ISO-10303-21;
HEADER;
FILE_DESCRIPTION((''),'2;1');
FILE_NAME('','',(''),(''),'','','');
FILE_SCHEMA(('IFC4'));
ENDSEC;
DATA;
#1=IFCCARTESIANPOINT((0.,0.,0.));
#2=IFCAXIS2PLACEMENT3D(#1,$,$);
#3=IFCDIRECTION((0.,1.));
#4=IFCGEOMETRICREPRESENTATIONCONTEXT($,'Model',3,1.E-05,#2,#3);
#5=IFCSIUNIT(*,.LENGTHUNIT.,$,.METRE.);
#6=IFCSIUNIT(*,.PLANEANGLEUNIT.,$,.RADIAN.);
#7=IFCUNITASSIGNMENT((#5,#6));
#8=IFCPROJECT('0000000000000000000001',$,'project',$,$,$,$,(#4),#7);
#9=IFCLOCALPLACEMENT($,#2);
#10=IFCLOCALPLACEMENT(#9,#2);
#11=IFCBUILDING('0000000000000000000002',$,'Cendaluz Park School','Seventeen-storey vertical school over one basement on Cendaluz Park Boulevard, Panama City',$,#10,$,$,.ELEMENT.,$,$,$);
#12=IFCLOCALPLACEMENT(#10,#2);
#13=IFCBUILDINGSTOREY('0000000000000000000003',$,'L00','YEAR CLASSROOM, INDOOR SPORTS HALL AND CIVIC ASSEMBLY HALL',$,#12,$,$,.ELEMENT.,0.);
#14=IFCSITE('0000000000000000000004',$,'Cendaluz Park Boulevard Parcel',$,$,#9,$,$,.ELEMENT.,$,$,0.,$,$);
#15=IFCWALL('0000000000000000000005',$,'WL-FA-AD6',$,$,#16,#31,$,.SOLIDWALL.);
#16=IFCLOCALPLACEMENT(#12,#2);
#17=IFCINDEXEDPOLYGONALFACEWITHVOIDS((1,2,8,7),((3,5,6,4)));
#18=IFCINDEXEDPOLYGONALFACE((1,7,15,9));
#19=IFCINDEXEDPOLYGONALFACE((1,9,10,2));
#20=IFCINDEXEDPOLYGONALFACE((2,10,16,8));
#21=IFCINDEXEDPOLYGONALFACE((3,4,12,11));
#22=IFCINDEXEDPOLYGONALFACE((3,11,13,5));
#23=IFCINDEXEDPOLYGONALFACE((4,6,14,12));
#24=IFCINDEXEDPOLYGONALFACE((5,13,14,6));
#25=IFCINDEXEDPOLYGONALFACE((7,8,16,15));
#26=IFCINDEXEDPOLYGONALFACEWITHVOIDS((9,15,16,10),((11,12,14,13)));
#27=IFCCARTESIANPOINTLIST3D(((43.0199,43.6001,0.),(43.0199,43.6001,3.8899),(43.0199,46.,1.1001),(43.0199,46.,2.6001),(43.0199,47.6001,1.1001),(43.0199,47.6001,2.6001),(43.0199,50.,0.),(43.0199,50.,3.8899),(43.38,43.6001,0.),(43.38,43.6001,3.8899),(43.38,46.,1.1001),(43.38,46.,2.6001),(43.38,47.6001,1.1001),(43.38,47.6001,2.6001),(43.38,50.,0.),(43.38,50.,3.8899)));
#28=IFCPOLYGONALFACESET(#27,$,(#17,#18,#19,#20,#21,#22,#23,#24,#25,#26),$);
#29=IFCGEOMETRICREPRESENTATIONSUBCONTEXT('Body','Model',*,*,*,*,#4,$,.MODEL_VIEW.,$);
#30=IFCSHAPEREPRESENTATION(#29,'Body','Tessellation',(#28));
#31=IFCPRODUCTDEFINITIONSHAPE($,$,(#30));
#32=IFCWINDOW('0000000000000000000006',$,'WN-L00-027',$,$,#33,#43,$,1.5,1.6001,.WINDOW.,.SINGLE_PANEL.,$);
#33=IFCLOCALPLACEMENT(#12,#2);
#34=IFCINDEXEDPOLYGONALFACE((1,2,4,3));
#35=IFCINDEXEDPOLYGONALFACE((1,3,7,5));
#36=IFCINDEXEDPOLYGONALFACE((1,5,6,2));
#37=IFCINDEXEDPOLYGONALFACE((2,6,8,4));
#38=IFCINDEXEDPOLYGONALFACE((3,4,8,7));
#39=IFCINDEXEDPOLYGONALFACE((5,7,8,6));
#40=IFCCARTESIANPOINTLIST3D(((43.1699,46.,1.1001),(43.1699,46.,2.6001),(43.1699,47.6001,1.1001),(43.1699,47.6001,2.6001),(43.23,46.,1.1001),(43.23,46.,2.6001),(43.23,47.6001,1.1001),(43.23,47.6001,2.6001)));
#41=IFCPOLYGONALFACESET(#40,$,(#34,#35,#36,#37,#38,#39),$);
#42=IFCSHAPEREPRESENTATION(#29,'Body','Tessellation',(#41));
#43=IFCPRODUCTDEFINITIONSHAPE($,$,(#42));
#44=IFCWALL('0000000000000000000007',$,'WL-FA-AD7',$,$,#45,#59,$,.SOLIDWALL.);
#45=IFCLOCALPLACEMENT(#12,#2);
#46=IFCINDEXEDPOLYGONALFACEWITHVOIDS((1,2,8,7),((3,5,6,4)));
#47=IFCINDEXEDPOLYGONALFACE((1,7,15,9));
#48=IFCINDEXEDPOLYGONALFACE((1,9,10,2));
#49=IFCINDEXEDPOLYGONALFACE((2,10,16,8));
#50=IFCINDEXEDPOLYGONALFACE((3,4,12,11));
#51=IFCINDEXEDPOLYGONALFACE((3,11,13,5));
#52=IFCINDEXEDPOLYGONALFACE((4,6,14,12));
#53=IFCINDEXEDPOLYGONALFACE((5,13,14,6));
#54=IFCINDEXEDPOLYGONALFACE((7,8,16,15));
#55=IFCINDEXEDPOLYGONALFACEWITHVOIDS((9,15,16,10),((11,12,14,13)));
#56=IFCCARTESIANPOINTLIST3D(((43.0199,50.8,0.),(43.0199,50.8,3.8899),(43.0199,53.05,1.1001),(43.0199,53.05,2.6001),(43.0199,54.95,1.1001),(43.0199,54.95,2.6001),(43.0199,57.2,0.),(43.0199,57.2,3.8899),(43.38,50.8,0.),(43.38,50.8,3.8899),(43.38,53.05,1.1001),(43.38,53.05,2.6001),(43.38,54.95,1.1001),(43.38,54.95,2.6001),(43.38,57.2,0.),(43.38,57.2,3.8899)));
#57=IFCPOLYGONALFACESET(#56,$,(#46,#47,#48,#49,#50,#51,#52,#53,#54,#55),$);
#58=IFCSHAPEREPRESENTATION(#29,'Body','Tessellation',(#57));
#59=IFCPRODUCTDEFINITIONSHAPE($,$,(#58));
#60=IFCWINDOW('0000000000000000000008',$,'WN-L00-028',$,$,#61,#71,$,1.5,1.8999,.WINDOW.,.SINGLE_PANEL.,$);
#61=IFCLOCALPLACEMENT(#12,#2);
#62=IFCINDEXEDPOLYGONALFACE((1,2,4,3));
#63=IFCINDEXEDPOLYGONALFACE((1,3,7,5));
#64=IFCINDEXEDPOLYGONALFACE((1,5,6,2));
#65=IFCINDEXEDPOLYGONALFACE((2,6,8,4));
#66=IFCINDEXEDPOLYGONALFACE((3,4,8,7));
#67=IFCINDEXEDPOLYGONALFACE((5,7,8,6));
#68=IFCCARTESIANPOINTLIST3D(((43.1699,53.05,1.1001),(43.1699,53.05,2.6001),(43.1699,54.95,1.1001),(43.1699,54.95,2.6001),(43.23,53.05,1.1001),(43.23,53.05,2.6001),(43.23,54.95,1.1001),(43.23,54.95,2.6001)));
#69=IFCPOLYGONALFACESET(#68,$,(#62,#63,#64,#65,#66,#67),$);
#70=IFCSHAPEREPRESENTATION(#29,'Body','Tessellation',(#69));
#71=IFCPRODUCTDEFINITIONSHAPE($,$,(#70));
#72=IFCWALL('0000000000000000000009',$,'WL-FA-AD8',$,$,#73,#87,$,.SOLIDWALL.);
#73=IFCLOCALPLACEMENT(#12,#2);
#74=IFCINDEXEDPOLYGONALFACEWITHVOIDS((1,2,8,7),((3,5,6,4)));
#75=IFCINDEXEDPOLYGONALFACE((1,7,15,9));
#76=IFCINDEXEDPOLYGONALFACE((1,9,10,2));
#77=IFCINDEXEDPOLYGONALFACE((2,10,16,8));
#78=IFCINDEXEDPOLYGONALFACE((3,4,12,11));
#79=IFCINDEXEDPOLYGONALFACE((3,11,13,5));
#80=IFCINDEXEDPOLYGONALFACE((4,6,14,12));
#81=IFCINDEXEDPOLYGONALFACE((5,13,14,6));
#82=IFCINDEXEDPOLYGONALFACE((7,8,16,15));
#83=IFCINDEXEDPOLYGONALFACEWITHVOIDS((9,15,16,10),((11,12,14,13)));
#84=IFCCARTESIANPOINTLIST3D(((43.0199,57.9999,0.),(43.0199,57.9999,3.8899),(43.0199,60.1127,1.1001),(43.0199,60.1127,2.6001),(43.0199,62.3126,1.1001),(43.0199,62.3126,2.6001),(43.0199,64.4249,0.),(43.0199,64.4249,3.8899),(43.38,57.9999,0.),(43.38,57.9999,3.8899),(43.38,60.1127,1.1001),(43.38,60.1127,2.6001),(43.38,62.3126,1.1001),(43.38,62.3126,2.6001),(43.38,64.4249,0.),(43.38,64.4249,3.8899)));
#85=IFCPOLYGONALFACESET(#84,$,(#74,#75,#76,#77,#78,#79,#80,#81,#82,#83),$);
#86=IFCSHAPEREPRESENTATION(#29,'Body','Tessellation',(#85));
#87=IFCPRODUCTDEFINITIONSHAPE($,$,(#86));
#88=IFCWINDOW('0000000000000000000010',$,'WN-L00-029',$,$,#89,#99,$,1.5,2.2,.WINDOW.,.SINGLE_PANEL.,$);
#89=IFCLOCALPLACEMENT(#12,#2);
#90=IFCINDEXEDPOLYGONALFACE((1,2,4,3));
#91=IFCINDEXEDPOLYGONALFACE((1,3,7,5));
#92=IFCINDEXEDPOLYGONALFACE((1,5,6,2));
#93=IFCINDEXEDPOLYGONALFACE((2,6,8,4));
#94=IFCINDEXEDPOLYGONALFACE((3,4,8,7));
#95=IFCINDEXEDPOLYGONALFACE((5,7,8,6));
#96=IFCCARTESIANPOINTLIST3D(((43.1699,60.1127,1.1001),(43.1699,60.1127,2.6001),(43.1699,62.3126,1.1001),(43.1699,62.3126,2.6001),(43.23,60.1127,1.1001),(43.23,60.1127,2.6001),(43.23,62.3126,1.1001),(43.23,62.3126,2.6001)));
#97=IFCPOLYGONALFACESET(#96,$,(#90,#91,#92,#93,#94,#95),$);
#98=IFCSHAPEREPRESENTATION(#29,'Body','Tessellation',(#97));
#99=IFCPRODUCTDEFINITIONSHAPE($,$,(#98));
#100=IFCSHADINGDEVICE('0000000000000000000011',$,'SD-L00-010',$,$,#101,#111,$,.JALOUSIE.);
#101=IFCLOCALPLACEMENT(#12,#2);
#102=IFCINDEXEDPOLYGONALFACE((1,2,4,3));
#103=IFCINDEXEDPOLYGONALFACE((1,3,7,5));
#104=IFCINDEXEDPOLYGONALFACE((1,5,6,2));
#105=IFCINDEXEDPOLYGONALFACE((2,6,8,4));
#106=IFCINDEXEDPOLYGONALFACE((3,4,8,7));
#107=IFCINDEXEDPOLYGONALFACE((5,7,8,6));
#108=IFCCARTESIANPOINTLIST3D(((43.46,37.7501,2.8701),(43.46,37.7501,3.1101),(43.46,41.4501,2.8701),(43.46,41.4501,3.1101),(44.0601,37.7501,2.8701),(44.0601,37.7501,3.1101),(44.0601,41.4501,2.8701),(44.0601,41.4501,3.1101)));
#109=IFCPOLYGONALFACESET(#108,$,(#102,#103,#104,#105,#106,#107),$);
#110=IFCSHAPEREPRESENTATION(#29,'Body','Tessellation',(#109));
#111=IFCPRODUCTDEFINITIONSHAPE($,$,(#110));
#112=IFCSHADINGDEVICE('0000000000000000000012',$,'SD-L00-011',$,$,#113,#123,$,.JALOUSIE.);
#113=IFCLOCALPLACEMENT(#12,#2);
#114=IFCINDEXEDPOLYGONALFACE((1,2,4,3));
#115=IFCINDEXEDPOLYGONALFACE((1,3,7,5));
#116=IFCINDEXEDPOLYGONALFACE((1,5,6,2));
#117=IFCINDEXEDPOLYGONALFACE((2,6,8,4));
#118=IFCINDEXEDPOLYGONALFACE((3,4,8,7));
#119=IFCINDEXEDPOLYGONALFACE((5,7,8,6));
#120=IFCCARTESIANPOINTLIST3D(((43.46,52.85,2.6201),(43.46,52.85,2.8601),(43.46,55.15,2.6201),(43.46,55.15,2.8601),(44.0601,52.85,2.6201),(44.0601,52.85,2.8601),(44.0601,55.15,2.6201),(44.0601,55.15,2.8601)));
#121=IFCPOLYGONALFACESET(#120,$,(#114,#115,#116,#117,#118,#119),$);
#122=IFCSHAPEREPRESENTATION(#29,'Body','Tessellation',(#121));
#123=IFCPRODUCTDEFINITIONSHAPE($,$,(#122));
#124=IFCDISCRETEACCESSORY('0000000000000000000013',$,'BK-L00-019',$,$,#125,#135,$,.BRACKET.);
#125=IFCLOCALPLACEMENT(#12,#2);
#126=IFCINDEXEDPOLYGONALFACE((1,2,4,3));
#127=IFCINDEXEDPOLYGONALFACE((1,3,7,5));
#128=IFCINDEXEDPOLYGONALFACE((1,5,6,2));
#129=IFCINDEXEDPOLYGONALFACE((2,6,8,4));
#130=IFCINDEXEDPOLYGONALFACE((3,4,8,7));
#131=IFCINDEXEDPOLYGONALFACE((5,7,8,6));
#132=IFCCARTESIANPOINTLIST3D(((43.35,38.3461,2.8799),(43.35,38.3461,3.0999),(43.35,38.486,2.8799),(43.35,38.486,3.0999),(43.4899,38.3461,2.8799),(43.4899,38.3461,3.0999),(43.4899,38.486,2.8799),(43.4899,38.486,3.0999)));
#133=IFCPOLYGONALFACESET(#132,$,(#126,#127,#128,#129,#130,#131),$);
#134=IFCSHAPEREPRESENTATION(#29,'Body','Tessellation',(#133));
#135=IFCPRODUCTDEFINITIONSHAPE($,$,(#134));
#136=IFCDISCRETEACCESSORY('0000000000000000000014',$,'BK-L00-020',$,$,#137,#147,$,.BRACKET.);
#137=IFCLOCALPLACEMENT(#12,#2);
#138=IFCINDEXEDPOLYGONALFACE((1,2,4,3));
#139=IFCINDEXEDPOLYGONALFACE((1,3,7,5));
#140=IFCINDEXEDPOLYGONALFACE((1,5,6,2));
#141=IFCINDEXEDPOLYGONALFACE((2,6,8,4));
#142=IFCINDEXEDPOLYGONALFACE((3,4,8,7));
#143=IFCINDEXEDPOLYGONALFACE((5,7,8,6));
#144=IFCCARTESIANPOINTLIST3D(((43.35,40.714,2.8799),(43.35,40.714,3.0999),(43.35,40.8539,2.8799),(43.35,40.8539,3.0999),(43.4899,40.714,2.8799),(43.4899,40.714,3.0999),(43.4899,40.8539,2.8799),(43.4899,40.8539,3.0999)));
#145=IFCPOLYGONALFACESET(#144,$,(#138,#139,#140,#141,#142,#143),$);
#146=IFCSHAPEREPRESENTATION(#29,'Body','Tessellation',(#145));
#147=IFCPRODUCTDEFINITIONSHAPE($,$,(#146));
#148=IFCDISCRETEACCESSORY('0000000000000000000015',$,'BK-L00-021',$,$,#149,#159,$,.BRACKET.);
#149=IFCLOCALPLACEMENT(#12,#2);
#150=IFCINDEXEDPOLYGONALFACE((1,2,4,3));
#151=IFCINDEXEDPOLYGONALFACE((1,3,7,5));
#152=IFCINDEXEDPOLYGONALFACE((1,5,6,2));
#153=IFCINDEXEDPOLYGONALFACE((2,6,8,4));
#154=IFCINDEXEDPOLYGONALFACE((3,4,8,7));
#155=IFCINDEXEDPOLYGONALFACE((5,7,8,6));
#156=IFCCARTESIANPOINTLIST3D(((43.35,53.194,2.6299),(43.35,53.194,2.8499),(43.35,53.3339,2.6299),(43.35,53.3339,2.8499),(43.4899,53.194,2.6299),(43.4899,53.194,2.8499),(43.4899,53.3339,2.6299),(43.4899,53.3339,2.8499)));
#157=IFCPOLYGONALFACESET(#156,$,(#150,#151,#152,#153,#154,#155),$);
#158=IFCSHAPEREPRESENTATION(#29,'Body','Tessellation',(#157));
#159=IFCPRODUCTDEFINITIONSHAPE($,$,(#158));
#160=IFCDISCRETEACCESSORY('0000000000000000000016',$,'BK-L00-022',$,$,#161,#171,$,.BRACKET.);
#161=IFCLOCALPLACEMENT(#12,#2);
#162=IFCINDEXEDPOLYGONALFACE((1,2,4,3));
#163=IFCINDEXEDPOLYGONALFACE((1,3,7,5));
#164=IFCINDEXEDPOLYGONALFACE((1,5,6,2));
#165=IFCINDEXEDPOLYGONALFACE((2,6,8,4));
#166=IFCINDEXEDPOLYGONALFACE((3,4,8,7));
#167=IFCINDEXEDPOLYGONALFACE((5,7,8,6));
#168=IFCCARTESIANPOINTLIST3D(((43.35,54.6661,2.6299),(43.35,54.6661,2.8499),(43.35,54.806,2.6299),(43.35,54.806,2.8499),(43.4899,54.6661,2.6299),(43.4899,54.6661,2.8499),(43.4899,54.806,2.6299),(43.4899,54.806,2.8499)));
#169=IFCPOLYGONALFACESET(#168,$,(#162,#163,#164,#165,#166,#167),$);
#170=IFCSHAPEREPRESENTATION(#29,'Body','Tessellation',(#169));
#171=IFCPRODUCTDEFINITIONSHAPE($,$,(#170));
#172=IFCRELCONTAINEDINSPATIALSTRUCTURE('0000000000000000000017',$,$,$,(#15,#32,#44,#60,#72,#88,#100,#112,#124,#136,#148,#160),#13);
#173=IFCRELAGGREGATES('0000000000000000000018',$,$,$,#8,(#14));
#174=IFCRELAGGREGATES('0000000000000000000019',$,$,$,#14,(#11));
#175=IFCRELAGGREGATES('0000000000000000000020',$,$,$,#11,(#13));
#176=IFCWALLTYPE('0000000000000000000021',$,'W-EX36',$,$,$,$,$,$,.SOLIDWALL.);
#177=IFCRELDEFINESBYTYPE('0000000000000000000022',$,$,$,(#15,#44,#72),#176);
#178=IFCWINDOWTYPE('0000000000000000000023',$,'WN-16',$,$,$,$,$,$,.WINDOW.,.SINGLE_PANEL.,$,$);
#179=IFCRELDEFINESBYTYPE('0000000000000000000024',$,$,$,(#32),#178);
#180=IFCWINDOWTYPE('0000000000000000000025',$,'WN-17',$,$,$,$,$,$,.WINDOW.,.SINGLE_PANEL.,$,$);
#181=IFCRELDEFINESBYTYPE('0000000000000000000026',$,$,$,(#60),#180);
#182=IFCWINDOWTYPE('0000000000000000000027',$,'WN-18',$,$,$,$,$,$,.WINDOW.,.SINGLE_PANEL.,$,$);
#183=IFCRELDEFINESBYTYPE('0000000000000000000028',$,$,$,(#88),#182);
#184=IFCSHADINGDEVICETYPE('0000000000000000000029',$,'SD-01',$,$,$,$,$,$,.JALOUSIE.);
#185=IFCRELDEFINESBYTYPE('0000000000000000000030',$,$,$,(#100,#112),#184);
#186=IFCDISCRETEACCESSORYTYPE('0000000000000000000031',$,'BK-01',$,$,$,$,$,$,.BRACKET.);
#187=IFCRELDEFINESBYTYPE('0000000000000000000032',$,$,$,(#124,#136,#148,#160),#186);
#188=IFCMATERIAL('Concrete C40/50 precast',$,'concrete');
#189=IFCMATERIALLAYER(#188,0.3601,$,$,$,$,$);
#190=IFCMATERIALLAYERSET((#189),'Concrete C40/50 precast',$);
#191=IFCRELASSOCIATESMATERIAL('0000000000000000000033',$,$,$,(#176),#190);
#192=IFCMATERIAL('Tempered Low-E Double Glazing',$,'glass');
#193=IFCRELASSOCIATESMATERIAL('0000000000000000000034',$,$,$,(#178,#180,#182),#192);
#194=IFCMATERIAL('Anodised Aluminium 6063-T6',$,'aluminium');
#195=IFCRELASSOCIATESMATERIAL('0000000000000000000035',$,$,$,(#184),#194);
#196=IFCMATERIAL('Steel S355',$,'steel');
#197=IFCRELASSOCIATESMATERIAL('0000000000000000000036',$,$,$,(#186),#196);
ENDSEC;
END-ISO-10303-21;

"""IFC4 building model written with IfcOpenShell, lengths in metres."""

from ifc_helpers import new_model, si_unit, direction, frame, frame_2d, origin, origin_2d, place, context, subcontext, project, spatial, rectangle, extrude, material, layer, layer_set, type_object, element, fill, save


model = new_model("IFC4")

# Units and contexts
model_context = context("Model", 3, precision=1e-05, world=origin(), true_north=direction((0.0, 1.0)))
body_context = subcontext(model_context, "Body", "Model", "MODEL_VIEW")
ifc_project = project(units=[si_unit("LENGTHUNIT", "METRE"), si_unit("PLANEANGLEUNIT", "RADIAN")], contexts=[model_context])

# Site, building, storey
site_placement = place(None, origin())
site = spatial("IfcSite", under=ifc_project, at=site_placement, Name="Cendaluz Park Boulevard Parcel", CompositionType="ELEMENT", RefElevation=0.0)
building_placement = place(site_placement, origin())
building = spatial("IfcBuilding", under=site, at=building_placement, Name="Cendaluz Park School", Description="Seventeen-storey vertical school over one basement on Cendaluz Park Boulevard, Panama City", CompositionType="ELEMENT")
storey_placement = place(building_placement, origin())
storey = spatial("IfcBuildingStorey", under=building, at=storey_placement, Name="L00", Description="YEAR CLASSROOM, INDOOR SPORTS HALL AND CIVIC ASSEMBLY HALL", CompositionType="ELEMENT", Elevation=0.0)

# Walls, openings, windows
ifc_material_1 = material(Name="Concrete C40/50 precast", Category="concrete")
ifc_layer = layer(ifc_material_1, 0.3601)
ifc_layer_set = layer_set([ifc_layer], Name="Concrete C40/50 precast")
wall_type = type_object("IfcWallType", Name="W-EX36", PredefinedType="SOLIDWALL", material=ifc_layer_set)
ifc_material_2 = material(Name="Tempered Low-E Double Glazing", Category="glass")
wall_1_placement = place(storey_placement, frame((43.2, 43.6001, 0.0), z_axis=(0.0, 0.0, 1.0), x_axis=(0.0, 1.0, 0.0)))
wall_1 = element("IfcWall", 1, at=wall_1_placement, inside=storey, type_object=wall_type, Name="WL-FA-AD6", PredefinedType="SOLIDWALL", context=body_context, shape_type="SweptSolid", body=[
    extrude(rectangle(XDim=6.3999, YDim=0.3601, at=frame_2d((3.2, 0.0))), origin(), (0.0, 0.0, 1.0), 3.8899),
])
opening_1_placement = place(wall_1_placement, frame((2.3999, 0.0, 1.1001)))
opening_1 = element("IfcOpeningElement", 2, at=opening_1_placement, cuts=wall_1, PredefinedType="OPENING", context=body_context, shape_type="SweptSolid", body=[
    extrude(rectangle(XDim=1.6001, YDim=1.5, at=frame_2d((0.8, 0.75))), frame((0.0, 0.1921, 0.0), z_axis=(0.0, -1.0, 0.0), x_axis=(1.0, 0.0, 0.0)), (0.0, 0.0, 1.0), 0.384),
])
window_type_1 = type_object("IfcWindowType", Name="WN-16", PartitioningType="SINGLE_PANEL", PredefinedType="WINDOW", material=ifc_material_2)
window_1_placement = place(opening_1_placement, origin())
window_1 = element("IfcWindow", 3, at=window_1_placement, inside=storey, type_object=window_type_1, Name="WN-L00-027", OverallHeight=1.5, OverallWidth=1.6001, PartitioningType="SINGLE_PANEL", PredefinedType="WINDOW", context=body_context, shape_type="SweptSolid", body=[
    extrude(rectangle(XDim=1.6001, YDim=1.5, at=frame_2d((0.8, 0.75))), frame((0.0, 0.03, 0.0), z_axis=(0.0, -1.0, 0.0), x_axis=(1.0, 0.0, 0.0)), (0.0, 0.0, 1.0), 0.0601),
])
fill(opening_1, window_1)
wall_2_placement = place(storey_placement, frame((43.2, 50.8, 0.0), z_axis=(0.0, 0.0, 1.0), x_axis=(0.0, 1.0, 0.0)))
wall_2 = element("IfcWall", 4, at=wall_2_placement, inside=storey, type_object=wall_type, Name="WL-FA-AD7", PredefinedType="SOLIDWALL", context=body_context, shape_type="SweptSolid", body=[
    extrude(rectangle(XDim=6.3999, YDim=0.3601, at=frame_2d((3.2, 0.0))), origin(), (0.0, 0.0, 1.0), 3.8899),
])
opening_2_placement = place(wall_2_placement, frame((2.25, 0.0, 1.1001)))
opening_2 = element("IfcOpeningElement", 5, at=opening_2_placement, cuts=wall_2, PredefinedType="OPENING", context=body_context, shape_type="SweptSolid", body=[
    extrude(rectangle(XDim=1.8999, YDim=1.5, at=frame_2d((0.95, 0.75))), frame((0.0, 0.1921, 0.0), z_axis=(0.0, -1.0, 0.0), x_axis=(1.0, 0.0, 0.0)), (0.0, 0.0, 1.0), 0.384),
])
window_type_2 = type_object("IfcWindowType", Name="WN-17", PartitioningType="SINGLE_PANEL", PredefinedType="WINDOW", material=ifc_material_2)
window_2_placement = place(opening_2_placement, origin())
window_2 = element("IfcWindow", 6, at=window_2_placement, inside=storey, type_object=window_type_2, Name="WN-L00-028", OverallHeight=1.5, OverallWidth=1.8999, PartitioningType="SINGLE_PANEL", PredefinedType="WINDOW", context=body_context, shape_type="SweptSolid", body=[
    extrude(rectangle(XDim=1.8999, YDim=1.5, at=frame_2d((0.95, 0.75))), frame((0.0, 0.03, 0.0), z_axis=(0.0, -1.0, 0.0), x_axis=(1.0, 0.0, 0.0)), (0.0, 0.0, 1.0), 0.0601),
])
fill(opening_2, window_2)
wall_3_placement = place(storey_placement, frame((43.2, 58.0, 0.0), z_axis=(0.0, 0.0, 1.0), x_axis=(0.0, 1.0, 0.0)))
wall_3 = element("IfcWall", 7, at=wall_3_placement, inside=storey, type_object=wall_type, Name="WL-FA-AD8", PredefinedType="SOLIDWALL", context=body_context, shape_type="SweptSolid", body=[
    extrude(rectangle(XDim=6.425, YDim=0.3601, at=frame_2d((3.2124, 0.0))), origin(), (0.0, 0.0, 1.0), 3.8899),
])
opening_3_placement = place(wall_3_placement, frame((2.1125, 0.0, 1.1001)))
opening_3 = element("IfcOpeningElement", 8, at=opening_3_placement, cuts=wall_3, PredefinedType="OPENING", context=body_context, shape_type="SweptSolid", body=[
    extrude(rectangle(XDim=2.2, YDim=1.5, at=frame_2d((1.1001, 0.75))), frame((0.0, 0.1921, 0.0), z_axis=(0.0, -1.0, 0.0), x_axis=(1.0, 0.0, 0.0)), (0.0, 0.0, 1.0), 0.384),
])
window_type_3 = type_object("IfcWindowType", Name="WN-18", PartitioningType="SINGLE_PANEL", PredefinedType="WINDOW", material=ifc_material_2)
window_3_placement = place(opening_3_placement, origin())
window_3 = element("IfcWindow", 9, at=window_3_placement, inside=storey, type_object=window_type_3, Name="WN-L00-029", OverallHeight=1.5, OverallWidth=2.2, PartitioningType="SINGLE_PANEL", PredefinedType="WINDOW", context=body_context, shape_type="SweptSolid", body=[
    extrude(rectangle(XDim=2.2, YDim=1.5, at=frame_2d((1.1001, 0.75))), frame((0.0, 0.03, 0.0), z_axis=(0.0, -1.0, 0.0), x_axis=(1.0, 0.0, 0.0)), (0.0, 0.0, 1.0), 0.0601),
])
fill(opening_3, window_3)

# Shading devices
ifc_material_3 = material(Name="Anodised Aluminium 6063-T6", Category="aluminium")
shading_device_type = type_object("IfcShadingDeviceType", Name="SD-01", PredefinedType="JALOUSIE", material=ifc_material_3)
shading_device_1_placement = place(storey_placement, frame((43.76, 39.6001, 2.8701), z_axis=(0.0, 0.0, 1.0), x_axis=(0.0, 1.0, 0.0)))
element("IfcShadingDevice", 10, at=shading_device_1_placement, inside=storey, type_object=shading_device_type, Name="SD-L00-010", PredefinedType="JALOUSIE", context=body_context, shape_type="SweptSolid", body=[
    extrude(rectangle(XDim=3.7, YDim=0.6001, at=origin_2d()), origin(), (0.0, 0.0, 1.0), 0.24),
])
shading_device_2_placement = place(storey_placement, frame((43.76, 54.0, 2.6201), z_axis=(0.0, 0.0, 1.0), x_axis=(0.0, 1.0, 0.0)))
element("IfcShadingDevice", 11, at=shading_device_2_placement, inside=storey, type_object=shading_device_type, Name="SD-L00-011", PredefinedType="JALOUSIE", context=body_context, shape_type="SweptSolid", body=[
    extrude(rectangle(XDim=2.3, YDim=0.6001, at=origin_2d()), origin(), (0.0, 0.0, 1.0), 0.24),
])

# Discrete accessories
ifc_material_4 = material(Name="Steel S355", Category="steel")
discrete_accessory_type = type_object("IfcDiscreteAccessoryType", Name="BK-01", PredefinedType="BRACKET", material=ifc_material_4)
for number, where, z_axis, x_axis, name in (
    (12, (43.4199, 38.416, 2.8799), (0.0, 0.0, 1.0), (0.0, 1.0, 0.0), "BK-L00-019"),
    (13, (43.4199, 40.7839, 2.8799), (0.0, 0.0, 1.0), (0.0, 1.0, 0.0), "BK-L00-020"),
    (14, (43.4199, 53.2639, 2.6299), (0.0, 0.0, 1.0), (0.0, 1.0, 0.0), "BK-L00-021"),
    (15, (43.4199, 54.7361, 2.6299), (0.0, 0.0, 1.0), (0.0, 1.0, 0.0), "BK-L00-022"),
):
    element("IfcDiscreteAccessory", number, at=place(storey_placement, frame(where, z_axis=z_axis, x_axis=x_axis)), inside=storey, type_object=discrete_accessory_type, Name=name, PredefinedType="BRACKET", context=body_context, shape_type="SweptSolid", body=[
        extrude(rectangle(XDim=0.1399, YDim=0.1399, at=origin_2d()), origin(), (0.0, 0.0, 1.0), 0.22),
    ])

save(model, "model.ifc")
